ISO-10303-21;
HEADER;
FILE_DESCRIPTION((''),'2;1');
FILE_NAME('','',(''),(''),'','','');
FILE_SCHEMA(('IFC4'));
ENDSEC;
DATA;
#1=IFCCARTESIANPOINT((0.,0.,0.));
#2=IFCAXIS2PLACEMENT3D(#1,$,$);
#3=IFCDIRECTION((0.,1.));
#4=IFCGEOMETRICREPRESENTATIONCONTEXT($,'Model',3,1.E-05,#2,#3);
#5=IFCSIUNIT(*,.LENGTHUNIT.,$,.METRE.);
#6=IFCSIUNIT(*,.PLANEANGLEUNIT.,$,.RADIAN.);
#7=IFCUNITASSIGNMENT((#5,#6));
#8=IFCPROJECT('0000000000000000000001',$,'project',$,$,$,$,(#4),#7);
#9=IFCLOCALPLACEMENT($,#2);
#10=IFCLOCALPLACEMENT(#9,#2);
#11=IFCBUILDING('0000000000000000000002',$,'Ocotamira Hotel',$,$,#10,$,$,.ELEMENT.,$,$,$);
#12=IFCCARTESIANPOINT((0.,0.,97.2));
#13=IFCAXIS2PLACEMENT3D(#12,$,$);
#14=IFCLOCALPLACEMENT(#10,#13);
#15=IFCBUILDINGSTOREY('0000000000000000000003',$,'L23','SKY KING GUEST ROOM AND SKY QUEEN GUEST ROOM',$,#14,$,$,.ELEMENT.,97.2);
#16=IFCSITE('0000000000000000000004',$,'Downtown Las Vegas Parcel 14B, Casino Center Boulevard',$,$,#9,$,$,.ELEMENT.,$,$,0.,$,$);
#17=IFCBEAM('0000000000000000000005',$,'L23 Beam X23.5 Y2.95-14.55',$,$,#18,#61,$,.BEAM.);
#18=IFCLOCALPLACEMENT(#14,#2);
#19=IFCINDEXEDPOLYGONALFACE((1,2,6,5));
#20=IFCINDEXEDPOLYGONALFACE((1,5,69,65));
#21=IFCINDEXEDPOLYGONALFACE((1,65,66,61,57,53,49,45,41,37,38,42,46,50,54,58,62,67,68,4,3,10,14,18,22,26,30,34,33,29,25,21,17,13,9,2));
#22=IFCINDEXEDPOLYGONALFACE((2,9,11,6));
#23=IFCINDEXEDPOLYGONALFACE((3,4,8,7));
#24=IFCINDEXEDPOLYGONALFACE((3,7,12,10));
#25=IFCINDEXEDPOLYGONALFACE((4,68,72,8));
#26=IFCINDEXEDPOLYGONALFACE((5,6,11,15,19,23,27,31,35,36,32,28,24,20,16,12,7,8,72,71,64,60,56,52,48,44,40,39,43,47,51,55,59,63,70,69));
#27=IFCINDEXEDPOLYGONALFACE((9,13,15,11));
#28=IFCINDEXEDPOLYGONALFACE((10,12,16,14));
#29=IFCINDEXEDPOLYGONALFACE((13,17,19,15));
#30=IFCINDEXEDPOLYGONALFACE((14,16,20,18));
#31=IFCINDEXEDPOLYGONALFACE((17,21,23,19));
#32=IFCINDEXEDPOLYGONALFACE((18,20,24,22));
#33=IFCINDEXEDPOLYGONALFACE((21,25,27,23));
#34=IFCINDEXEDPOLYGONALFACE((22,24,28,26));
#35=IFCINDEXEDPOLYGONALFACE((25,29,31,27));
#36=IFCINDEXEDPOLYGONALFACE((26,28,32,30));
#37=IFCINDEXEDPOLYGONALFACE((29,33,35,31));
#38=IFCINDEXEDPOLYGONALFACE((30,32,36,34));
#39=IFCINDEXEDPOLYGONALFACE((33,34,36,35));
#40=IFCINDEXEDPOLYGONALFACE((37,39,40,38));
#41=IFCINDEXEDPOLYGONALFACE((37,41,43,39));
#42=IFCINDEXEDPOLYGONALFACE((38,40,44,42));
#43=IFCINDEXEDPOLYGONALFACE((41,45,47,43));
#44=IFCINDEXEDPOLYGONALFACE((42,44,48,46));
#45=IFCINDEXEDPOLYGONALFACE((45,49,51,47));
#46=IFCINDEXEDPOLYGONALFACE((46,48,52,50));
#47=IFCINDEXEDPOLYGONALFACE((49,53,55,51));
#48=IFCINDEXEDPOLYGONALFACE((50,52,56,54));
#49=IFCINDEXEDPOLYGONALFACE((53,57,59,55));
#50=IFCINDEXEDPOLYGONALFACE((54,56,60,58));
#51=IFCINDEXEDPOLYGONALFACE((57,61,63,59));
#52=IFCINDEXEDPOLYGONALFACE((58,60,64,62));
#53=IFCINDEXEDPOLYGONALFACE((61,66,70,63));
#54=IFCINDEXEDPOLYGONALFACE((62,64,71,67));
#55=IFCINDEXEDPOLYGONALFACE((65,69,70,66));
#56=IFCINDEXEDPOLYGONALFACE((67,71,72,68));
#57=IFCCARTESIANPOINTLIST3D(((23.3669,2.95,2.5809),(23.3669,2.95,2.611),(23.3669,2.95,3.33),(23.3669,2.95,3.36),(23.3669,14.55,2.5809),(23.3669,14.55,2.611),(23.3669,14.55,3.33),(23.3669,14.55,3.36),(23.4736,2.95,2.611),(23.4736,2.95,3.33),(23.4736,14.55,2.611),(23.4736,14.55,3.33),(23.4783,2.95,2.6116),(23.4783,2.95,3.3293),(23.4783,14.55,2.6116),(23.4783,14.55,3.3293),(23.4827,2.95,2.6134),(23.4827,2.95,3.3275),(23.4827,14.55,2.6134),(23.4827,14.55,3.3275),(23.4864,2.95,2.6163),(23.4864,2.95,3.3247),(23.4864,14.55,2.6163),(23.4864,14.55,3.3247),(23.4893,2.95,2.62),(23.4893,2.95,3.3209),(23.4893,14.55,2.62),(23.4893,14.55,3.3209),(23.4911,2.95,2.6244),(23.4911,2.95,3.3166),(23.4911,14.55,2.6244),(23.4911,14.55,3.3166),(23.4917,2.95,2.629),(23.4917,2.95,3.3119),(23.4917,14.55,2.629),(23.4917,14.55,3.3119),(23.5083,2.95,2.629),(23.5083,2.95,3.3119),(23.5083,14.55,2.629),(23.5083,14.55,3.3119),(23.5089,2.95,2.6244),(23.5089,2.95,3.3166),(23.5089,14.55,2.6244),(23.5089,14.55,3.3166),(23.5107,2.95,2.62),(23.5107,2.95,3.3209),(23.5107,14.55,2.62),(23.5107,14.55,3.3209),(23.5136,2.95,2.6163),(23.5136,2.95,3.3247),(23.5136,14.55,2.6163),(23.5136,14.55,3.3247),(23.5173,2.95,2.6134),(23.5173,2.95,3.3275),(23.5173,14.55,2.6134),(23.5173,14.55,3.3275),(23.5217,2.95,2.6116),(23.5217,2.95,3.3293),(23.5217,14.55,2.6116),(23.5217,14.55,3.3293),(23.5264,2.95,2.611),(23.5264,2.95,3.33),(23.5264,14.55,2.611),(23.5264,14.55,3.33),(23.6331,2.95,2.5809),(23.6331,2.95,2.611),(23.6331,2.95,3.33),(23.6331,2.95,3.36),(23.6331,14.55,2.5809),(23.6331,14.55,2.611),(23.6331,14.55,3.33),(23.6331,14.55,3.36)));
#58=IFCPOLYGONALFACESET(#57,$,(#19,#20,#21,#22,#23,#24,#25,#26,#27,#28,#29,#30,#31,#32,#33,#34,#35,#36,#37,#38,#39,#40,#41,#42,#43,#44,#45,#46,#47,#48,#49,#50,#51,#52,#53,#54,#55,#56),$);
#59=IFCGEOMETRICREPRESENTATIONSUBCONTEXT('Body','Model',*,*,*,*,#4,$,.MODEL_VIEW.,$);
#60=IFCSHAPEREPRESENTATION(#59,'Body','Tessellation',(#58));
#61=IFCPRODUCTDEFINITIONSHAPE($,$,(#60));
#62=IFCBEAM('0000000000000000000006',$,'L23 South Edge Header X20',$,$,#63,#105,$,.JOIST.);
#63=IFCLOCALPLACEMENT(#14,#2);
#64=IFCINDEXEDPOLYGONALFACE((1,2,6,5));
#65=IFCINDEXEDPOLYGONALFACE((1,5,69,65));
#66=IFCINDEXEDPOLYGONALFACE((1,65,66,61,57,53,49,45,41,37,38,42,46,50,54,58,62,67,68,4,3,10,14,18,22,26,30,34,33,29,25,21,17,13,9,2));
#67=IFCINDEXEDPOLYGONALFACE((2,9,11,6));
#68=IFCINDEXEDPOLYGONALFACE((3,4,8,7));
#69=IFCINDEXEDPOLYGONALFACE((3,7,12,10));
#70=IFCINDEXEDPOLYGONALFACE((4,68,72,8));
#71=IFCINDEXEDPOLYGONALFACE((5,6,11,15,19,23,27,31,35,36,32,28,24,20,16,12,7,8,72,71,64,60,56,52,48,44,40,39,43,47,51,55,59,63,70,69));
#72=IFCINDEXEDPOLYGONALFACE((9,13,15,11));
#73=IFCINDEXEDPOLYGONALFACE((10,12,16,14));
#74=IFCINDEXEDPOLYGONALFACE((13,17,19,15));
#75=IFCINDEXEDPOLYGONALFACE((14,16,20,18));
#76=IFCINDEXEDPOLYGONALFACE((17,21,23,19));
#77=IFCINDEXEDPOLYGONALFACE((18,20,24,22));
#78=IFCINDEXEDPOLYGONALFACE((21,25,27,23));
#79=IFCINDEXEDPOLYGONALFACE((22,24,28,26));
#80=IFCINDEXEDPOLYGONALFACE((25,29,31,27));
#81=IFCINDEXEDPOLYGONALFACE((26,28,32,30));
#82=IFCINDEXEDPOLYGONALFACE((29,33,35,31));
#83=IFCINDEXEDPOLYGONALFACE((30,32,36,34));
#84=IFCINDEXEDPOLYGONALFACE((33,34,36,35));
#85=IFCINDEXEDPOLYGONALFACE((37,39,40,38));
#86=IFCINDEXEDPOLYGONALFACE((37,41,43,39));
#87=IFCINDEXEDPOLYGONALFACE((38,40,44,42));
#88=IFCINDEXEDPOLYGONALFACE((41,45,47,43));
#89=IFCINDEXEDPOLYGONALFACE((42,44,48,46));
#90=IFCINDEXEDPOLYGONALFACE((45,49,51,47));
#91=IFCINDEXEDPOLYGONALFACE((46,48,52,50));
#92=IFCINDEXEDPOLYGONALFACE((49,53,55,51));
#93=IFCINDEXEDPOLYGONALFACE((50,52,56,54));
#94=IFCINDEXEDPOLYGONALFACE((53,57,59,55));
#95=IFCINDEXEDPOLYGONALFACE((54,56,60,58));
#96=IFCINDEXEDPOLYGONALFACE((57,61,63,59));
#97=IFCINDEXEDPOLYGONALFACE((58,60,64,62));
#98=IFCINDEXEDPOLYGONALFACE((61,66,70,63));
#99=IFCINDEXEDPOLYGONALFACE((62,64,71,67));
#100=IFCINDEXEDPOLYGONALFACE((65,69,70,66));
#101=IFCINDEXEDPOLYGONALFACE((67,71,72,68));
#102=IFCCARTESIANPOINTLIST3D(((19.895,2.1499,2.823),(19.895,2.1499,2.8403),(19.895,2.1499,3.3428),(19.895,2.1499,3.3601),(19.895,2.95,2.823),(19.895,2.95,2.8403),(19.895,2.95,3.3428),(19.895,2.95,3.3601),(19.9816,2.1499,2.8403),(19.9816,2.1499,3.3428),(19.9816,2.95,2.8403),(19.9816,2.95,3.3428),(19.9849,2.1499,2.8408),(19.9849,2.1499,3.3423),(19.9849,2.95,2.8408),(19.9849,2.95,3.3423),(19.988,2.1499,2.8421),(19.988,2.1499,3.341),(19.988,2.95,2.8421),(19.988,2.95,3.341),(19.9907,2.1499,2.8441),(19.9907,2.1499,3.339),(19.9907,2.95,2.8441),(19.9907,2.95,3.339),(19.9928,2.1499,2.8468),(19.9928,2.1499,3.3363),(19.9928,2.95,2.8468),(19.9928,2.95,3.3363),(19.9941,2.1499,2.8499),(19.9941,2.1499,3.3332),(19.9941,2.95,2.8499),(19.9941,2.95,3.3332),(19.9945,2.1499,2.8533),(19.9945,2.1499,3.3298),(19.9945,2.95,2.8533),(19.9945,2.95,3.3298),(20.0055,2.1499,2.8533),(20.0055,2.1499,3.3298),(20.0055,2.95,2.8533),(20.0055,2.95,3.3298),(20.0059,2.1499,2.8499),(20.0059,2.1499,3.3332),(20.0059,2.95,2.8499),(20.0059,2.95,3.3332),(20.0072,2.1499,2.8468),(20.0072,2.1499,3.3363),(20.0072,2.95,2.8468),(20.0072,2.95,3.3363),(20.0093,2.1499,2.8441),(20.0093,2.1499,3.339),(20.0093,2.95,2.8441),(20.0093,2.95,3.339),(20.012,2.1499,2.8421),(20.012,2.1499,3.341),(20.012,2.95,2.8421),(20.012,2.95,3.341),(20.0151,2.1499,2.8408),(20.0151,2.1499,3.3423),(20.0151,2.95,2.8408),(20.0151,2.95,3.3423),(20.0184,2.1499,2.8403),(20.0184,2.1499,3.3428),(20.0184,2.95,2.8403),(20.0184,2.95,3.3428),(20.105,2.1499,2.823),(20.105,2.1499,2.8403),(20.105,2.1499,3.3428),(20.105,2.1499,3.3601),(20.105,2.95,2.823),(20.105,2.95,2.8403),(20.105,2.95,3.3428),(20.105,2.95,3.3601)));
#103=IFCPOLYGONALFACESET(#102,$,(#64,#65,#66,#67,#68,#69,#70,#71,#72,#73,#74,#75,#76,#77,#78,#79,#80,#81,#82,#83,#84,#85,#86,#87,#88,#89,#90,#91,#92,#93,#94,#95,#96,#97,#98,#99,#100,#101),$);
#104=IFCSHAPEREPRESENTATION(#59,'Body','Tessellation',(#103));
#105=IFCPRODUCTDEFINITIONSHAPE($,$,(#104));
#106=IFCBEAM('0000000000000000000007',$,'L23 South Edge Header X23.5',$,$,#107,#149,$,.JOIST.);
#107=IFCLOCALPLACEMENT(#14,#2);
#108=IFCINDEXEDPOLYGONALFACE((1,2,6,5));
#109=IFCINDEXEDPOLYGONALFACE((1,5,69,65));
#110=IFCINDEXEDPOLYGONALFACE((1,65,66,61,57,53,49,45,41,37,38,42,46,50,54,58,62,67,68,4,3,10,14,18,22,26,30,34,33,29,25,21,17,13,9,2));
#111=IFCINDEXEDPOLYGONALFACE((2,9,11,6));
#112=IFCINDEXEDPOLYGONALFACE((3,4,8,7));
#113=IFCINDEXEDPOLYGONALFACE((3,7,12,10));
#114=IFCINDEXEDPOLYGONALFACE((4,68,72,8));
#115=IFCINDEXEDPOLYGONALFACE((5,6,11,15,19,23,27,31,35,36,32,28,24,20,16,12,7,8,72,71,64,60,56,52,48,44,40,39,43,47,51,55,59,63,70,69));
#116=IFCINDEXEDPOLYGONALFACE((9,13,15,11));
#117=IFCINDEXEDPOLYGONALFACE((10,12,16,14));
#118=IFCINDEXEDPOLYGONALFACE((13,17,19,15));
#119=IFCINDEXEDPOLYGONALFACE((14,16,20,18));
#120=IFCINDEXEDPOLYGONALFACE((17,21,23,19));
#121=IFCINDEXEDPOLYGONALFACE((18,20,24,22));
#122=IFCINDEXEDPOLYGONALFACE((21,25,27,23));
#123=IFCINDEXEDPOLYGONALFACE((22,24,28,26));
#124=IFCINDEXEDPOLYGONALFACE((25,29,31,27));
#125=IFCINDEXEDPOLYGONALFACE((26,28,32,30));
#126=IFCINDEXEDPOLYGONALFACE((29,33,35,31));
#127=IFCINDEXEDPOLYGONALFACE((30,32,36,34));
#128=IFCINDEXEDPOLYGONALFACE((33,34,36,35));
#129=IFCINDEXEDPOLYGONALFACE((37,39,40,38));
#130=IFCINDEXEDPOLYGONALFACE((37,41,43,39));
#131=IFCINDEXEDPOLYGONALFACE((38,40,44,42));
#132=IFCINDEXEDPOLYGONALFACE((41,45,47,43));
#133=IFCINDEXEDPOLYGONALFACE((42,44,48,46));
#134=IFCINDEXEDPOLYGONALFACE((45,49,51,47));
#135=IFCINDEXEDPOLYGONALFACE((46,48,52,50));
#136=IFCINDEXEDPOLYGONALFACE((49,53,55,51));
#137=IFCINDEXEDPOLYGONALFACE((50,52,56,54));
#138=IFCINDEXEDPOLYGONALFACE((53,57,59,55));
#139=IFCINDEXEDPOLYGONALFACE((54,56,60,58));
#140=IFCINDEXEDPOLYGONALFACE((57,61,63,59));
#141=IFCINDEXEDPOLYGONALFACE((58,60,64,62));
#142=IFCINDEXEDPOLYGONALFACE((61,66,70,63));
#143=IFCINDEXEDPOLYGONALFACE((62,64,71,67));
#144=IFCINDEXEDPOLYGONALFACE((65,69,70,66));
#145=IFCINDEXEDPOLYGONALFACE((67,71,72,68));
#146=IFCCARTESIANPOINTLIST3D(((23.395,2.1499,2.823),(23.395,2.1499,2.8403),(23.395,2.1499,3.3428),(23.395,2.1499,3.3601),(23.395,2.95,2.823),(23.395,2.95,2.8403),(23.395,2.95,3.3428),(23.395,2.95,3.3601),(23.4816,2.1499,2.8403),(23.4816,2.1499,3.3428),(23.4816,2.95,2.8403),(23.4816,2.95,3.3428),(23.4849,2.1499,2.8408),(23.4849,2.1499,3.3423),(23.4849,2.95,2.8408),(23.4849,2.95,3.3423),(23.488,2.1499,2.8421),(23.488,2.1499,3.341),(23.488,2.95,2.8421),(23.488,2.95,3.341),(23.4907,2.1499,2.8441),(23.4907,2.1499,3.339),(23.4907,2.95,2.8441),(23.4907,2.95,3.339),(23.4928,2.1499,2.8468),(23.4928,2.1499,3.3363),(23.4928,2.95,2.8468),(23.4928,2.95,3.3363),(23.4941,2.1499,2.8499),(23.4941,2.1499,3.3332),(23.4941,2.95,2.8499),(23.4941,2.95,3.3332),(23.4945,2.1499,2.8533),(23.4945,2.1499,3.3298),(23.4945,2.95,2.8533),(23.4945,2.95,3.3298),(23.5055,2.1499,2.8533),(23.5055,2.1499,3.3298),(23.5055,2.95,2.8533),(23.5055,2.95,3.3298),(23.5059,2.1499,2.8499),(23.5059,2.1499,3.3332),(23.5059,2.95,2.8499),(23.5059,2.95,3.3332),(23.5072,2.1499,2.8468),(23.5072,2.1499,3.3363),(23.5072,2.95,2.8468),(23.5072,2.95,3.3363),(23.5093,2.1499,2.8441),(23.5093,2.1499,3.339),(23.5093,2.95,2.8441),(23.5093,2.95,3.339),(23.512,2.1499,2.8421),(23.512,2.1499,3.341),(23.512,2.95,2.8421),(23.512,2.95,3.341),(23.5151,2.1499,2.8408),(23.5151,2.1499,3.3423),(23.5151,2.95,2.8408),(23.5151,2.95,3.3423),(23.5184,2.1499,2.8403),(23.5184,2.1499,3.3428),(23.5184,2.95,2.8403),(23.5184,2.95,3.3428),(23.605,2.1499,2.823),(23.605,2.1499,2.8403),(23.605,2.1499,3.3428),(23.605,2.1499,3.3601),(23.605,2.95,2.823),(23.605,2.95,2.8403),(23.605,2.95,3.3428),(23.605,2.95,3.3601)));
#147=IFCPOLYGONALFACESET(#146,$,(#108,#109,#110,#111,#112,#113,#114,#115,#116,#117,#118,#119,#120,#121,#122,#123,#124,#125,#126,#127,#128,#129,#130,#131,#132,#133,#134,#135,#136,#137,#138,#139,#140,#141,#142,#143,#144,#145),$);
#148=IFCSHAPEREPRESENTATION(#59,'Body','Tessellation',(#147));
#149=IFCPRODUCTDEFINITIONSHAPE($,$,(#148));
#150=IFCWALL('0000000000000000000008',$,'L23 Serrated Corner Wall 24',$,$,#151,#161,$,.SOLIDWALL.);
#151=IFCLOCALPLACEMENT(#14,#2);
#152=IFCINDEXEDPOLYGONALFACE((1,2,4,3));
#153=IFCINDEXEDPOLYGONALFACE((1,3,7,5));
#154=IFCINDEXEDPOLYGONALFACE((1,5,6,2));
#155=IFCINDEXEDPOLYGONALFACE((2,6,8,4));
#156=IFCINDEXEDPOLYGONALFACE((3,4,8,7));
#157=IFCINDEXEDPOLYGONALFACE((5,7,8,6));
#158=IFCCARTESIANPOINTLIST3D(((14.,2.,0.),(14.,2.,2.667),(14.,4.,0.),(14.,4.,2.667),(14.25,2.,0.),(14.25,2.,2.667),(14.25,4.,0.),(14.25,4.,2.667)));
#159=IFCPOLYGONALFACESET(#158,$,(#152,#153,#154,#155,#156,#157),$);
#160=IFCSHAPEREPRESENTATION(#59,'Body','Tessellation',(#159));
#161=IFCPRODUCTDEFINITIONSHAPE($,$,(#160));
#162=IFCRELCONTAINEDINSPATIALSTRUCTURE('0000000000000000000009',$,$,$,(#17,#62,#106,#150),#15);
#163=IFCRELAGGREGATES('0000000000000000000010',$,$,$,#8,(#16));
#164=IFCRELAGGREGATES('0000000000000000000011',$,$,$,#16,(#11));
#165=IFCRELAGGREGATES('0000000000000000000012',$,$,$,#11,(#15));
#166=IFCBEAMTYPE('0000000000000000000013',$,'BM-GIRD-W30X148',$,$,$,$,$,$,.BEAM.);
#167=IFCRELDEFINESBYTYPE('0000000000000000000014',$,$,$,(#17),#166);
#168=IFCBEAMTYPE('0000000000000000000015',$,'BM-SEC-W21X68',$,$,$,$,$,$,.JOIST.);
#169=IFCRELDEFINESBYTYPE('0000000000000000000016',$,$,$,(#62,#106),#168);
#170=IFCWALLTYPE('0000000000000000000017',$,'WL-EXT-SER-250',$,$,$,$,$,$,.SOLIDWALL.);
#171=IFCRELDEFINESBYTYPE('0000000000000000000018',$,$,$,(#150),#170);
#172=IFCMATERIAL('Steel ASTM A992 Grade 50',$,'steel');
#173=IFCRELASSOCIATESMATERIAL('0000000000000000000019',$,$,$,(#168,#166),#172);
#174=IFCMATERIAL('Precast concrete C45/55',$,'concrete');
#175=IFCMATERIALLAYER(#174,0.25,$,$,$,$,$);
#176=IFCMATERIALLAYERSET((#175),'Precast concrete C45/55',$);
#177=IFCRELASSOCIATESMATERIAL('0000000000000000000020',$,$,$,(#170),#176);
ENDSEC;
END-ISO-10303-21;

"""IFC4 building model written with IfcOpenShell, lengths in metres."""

from ifc_helpers import new_model, si_unit, direction, frame, frame_2d, origin, origin_2d, place, context, subcontext, project, spatial, rectangle, i_section, extrude, source, transform, mapped, material, layer, layer_set, material_profile, profile_set, type_object, element, save


model = new_model("IFC4")

# Units and contexts
model_context = context("Model", 3, precision=1e-05, world=origin(), true_north=direction((0.0, 1.0)))
body_context = subcontext(model_context, "Body", "Model", "MODEL_VIEW")
ifc_project = project(units=[si_unit("LENGTHUNIT", "METRE"), si_unit("PLANEANGLEUNIT", "RADIAN")], contexts=[model_context])

# Site, building, storey
site_placement = place(None, origin())
site = spatial("IfcSite", under=ifc_project, at=site_placement, Name="Downtown Las Vegas Parcel 14B, Casino Center Boulevard", CompositionType="ELEMENT", RefElevation=0.0)
building_placement = place(site_placement, origin())
building = spatial("IfcBuilding", under=site, at=building_placement, Name="Ocotamira Hotel", CompositionType="ELEMENT")
storey_placement = place(building_placement, frame((0.0, 0.0, 97.2)))
storey = spatial("IfcBuildingStorey", under=building, at=storey_placement, Name="L23", Description="SKY KING GUEST ROOM AND SKY QUEEN GUEST ROOM", CompositionType="ELEMENT", Elevation=97.2)

# Beams
ifc_material_1 = material(Name="Steel ASTM A992 Grade 50", Category="steel")
ifc_material_profile_1 = material_profile(ifc_material_1, i_section(OverallWidth=0.21, OverallDepth=0.5371, WebThickness=0.011, FlangeThickness=0.0173, FilletRadius=0.0129, at=origin_2d()), Name="W21X68")
ifc_profile_set_1 = profile_set([ifc_material_profile_1], Name="Steel ASTM A992 Grade 50")
beam_type_1 = type_object("IfcBeamType", Name="BM-SEC-W21X68", PredefinedType="JOIST", material=ifc_profile_set_1)
ifc_material_profile_2 = material_profile(ifc_material_1, i_section(OverallWidth=0.2661, OverallDepth=0.7791, WebThickness=0.0166, FlangeThickness=0.03, FilletRadius=0.0181, at=origin_2d()), Name="W30X148")
ifc_profile_set_2 = profile_set([ifc_material_profile_2], Name="Steel ASTM A992 Grade 50")
beam_type_2 = type_object("IfcBeamType", Name="BM-GIRD-W30X148", PredefinedType="BEAM", material=ifc_profile_set_2)
shared_shape_1 = source(origin(), body_context, "Body", "SweptSolid", [
    extrude(i_section(OverallWidth=0.2661, OverallDepth=0.7791, WebThickness=0.0166, FlangeThickness=0.03, FilletRadius=0.0181, at=origin_2d()), origin(), (0.0, 0.0, 1.0), 11.6001),
])
beam_1_placement = place(storey_placement, frame((23.5, 2.95, 2.9705), z_axis=(0.0, 1.0, 0.0), x_axis=(-1.0, 0.0, 0.0)))
element("IfcBeam", 1, at=beam_1_placement, inside=storey, type_object=beam_type_2, Name="L23 Beam X23.5 Y2.95-14.55", PredefinedType="BEAM", context=body_context, shape_type="MappedRepresentation", body=[
    mapped(shared_shape_1, transform((0.0, 0.0, 0.0), scale=1.0)),
])
shared_shape_2 = source(origin(), body_context, "Body", "SweptSolid", [
    extrude(i_section(OverallWidth=0.21, OverallDepth=0.5371, WebThickness=0.011, FlangeThickness=0.0173, FilletRadius=0.0129, at=origin_2d()), origin(), (0.0, 0.0, 1.0), 0.8),
])
for number, where, z_axis, x_axis, name in (
    (2, (20.0, 2.95, 3.0916), (0.0, -1.0, 0.0), (1.0, 0.0, 0.0), "L23 South Edge Header X20"),
    (3, (23.5, 2.95, 3.0916), (0.0, -1.0, 0.0), (1.0, 0.0, 0.0), "L23 South Edge Header X23.5"),
):
    element("IfcBeam", number, at=place(storey_placement, frame(where, z_axis=z_axis, x_axis=x_axis)), inside=storey, type_object=beam_type_1, Name=name, PredefinedType="JOIST", context=body_context, shape_type="MappedRepresentation", body=[
        mapped(shared_shape_2, transform((0.0, 0.0, 0.0), scale=1.0)),
    ])

# Wall
ifc_material_2 = material(Name="Precast concrete C45/55", Category="concrete")
ifc_layer_1 = layer(ifc_material_2, 0.25)
ifc_layer_set_1 = layer_set([ifc_layer_1], Name="Precast concrete C45/55")
wall_type_1 = type_object("IfcWallType", Name="WL-EXT-SER-250", PredefinedType="SOLIDWALL", material=ifc_layer_set_1)
wall_1_placement = place(storey_placement, frame((14.125, 4.0, 0.0), z_axis=(0.0, 0.0, 1.0), x_axis=(0.0, -1.0, 0.0)))
element("IfcWall", 4, at=wall_1_placement, inside=storey, type_object=wall_type_1, Name="L23 Serrated Corner Wall 24", PredefinedType="SOLIDWALL", context=body_context, shape_type="SweptSolid", body=[
    extrude(rectangle(XDim=2.0, YDim=0.25, at=frame_2d((1.0, 0.0))), origin(), (0.0, 0.0, 1.0), 2.667),
])

save(model, "model.ifc")
